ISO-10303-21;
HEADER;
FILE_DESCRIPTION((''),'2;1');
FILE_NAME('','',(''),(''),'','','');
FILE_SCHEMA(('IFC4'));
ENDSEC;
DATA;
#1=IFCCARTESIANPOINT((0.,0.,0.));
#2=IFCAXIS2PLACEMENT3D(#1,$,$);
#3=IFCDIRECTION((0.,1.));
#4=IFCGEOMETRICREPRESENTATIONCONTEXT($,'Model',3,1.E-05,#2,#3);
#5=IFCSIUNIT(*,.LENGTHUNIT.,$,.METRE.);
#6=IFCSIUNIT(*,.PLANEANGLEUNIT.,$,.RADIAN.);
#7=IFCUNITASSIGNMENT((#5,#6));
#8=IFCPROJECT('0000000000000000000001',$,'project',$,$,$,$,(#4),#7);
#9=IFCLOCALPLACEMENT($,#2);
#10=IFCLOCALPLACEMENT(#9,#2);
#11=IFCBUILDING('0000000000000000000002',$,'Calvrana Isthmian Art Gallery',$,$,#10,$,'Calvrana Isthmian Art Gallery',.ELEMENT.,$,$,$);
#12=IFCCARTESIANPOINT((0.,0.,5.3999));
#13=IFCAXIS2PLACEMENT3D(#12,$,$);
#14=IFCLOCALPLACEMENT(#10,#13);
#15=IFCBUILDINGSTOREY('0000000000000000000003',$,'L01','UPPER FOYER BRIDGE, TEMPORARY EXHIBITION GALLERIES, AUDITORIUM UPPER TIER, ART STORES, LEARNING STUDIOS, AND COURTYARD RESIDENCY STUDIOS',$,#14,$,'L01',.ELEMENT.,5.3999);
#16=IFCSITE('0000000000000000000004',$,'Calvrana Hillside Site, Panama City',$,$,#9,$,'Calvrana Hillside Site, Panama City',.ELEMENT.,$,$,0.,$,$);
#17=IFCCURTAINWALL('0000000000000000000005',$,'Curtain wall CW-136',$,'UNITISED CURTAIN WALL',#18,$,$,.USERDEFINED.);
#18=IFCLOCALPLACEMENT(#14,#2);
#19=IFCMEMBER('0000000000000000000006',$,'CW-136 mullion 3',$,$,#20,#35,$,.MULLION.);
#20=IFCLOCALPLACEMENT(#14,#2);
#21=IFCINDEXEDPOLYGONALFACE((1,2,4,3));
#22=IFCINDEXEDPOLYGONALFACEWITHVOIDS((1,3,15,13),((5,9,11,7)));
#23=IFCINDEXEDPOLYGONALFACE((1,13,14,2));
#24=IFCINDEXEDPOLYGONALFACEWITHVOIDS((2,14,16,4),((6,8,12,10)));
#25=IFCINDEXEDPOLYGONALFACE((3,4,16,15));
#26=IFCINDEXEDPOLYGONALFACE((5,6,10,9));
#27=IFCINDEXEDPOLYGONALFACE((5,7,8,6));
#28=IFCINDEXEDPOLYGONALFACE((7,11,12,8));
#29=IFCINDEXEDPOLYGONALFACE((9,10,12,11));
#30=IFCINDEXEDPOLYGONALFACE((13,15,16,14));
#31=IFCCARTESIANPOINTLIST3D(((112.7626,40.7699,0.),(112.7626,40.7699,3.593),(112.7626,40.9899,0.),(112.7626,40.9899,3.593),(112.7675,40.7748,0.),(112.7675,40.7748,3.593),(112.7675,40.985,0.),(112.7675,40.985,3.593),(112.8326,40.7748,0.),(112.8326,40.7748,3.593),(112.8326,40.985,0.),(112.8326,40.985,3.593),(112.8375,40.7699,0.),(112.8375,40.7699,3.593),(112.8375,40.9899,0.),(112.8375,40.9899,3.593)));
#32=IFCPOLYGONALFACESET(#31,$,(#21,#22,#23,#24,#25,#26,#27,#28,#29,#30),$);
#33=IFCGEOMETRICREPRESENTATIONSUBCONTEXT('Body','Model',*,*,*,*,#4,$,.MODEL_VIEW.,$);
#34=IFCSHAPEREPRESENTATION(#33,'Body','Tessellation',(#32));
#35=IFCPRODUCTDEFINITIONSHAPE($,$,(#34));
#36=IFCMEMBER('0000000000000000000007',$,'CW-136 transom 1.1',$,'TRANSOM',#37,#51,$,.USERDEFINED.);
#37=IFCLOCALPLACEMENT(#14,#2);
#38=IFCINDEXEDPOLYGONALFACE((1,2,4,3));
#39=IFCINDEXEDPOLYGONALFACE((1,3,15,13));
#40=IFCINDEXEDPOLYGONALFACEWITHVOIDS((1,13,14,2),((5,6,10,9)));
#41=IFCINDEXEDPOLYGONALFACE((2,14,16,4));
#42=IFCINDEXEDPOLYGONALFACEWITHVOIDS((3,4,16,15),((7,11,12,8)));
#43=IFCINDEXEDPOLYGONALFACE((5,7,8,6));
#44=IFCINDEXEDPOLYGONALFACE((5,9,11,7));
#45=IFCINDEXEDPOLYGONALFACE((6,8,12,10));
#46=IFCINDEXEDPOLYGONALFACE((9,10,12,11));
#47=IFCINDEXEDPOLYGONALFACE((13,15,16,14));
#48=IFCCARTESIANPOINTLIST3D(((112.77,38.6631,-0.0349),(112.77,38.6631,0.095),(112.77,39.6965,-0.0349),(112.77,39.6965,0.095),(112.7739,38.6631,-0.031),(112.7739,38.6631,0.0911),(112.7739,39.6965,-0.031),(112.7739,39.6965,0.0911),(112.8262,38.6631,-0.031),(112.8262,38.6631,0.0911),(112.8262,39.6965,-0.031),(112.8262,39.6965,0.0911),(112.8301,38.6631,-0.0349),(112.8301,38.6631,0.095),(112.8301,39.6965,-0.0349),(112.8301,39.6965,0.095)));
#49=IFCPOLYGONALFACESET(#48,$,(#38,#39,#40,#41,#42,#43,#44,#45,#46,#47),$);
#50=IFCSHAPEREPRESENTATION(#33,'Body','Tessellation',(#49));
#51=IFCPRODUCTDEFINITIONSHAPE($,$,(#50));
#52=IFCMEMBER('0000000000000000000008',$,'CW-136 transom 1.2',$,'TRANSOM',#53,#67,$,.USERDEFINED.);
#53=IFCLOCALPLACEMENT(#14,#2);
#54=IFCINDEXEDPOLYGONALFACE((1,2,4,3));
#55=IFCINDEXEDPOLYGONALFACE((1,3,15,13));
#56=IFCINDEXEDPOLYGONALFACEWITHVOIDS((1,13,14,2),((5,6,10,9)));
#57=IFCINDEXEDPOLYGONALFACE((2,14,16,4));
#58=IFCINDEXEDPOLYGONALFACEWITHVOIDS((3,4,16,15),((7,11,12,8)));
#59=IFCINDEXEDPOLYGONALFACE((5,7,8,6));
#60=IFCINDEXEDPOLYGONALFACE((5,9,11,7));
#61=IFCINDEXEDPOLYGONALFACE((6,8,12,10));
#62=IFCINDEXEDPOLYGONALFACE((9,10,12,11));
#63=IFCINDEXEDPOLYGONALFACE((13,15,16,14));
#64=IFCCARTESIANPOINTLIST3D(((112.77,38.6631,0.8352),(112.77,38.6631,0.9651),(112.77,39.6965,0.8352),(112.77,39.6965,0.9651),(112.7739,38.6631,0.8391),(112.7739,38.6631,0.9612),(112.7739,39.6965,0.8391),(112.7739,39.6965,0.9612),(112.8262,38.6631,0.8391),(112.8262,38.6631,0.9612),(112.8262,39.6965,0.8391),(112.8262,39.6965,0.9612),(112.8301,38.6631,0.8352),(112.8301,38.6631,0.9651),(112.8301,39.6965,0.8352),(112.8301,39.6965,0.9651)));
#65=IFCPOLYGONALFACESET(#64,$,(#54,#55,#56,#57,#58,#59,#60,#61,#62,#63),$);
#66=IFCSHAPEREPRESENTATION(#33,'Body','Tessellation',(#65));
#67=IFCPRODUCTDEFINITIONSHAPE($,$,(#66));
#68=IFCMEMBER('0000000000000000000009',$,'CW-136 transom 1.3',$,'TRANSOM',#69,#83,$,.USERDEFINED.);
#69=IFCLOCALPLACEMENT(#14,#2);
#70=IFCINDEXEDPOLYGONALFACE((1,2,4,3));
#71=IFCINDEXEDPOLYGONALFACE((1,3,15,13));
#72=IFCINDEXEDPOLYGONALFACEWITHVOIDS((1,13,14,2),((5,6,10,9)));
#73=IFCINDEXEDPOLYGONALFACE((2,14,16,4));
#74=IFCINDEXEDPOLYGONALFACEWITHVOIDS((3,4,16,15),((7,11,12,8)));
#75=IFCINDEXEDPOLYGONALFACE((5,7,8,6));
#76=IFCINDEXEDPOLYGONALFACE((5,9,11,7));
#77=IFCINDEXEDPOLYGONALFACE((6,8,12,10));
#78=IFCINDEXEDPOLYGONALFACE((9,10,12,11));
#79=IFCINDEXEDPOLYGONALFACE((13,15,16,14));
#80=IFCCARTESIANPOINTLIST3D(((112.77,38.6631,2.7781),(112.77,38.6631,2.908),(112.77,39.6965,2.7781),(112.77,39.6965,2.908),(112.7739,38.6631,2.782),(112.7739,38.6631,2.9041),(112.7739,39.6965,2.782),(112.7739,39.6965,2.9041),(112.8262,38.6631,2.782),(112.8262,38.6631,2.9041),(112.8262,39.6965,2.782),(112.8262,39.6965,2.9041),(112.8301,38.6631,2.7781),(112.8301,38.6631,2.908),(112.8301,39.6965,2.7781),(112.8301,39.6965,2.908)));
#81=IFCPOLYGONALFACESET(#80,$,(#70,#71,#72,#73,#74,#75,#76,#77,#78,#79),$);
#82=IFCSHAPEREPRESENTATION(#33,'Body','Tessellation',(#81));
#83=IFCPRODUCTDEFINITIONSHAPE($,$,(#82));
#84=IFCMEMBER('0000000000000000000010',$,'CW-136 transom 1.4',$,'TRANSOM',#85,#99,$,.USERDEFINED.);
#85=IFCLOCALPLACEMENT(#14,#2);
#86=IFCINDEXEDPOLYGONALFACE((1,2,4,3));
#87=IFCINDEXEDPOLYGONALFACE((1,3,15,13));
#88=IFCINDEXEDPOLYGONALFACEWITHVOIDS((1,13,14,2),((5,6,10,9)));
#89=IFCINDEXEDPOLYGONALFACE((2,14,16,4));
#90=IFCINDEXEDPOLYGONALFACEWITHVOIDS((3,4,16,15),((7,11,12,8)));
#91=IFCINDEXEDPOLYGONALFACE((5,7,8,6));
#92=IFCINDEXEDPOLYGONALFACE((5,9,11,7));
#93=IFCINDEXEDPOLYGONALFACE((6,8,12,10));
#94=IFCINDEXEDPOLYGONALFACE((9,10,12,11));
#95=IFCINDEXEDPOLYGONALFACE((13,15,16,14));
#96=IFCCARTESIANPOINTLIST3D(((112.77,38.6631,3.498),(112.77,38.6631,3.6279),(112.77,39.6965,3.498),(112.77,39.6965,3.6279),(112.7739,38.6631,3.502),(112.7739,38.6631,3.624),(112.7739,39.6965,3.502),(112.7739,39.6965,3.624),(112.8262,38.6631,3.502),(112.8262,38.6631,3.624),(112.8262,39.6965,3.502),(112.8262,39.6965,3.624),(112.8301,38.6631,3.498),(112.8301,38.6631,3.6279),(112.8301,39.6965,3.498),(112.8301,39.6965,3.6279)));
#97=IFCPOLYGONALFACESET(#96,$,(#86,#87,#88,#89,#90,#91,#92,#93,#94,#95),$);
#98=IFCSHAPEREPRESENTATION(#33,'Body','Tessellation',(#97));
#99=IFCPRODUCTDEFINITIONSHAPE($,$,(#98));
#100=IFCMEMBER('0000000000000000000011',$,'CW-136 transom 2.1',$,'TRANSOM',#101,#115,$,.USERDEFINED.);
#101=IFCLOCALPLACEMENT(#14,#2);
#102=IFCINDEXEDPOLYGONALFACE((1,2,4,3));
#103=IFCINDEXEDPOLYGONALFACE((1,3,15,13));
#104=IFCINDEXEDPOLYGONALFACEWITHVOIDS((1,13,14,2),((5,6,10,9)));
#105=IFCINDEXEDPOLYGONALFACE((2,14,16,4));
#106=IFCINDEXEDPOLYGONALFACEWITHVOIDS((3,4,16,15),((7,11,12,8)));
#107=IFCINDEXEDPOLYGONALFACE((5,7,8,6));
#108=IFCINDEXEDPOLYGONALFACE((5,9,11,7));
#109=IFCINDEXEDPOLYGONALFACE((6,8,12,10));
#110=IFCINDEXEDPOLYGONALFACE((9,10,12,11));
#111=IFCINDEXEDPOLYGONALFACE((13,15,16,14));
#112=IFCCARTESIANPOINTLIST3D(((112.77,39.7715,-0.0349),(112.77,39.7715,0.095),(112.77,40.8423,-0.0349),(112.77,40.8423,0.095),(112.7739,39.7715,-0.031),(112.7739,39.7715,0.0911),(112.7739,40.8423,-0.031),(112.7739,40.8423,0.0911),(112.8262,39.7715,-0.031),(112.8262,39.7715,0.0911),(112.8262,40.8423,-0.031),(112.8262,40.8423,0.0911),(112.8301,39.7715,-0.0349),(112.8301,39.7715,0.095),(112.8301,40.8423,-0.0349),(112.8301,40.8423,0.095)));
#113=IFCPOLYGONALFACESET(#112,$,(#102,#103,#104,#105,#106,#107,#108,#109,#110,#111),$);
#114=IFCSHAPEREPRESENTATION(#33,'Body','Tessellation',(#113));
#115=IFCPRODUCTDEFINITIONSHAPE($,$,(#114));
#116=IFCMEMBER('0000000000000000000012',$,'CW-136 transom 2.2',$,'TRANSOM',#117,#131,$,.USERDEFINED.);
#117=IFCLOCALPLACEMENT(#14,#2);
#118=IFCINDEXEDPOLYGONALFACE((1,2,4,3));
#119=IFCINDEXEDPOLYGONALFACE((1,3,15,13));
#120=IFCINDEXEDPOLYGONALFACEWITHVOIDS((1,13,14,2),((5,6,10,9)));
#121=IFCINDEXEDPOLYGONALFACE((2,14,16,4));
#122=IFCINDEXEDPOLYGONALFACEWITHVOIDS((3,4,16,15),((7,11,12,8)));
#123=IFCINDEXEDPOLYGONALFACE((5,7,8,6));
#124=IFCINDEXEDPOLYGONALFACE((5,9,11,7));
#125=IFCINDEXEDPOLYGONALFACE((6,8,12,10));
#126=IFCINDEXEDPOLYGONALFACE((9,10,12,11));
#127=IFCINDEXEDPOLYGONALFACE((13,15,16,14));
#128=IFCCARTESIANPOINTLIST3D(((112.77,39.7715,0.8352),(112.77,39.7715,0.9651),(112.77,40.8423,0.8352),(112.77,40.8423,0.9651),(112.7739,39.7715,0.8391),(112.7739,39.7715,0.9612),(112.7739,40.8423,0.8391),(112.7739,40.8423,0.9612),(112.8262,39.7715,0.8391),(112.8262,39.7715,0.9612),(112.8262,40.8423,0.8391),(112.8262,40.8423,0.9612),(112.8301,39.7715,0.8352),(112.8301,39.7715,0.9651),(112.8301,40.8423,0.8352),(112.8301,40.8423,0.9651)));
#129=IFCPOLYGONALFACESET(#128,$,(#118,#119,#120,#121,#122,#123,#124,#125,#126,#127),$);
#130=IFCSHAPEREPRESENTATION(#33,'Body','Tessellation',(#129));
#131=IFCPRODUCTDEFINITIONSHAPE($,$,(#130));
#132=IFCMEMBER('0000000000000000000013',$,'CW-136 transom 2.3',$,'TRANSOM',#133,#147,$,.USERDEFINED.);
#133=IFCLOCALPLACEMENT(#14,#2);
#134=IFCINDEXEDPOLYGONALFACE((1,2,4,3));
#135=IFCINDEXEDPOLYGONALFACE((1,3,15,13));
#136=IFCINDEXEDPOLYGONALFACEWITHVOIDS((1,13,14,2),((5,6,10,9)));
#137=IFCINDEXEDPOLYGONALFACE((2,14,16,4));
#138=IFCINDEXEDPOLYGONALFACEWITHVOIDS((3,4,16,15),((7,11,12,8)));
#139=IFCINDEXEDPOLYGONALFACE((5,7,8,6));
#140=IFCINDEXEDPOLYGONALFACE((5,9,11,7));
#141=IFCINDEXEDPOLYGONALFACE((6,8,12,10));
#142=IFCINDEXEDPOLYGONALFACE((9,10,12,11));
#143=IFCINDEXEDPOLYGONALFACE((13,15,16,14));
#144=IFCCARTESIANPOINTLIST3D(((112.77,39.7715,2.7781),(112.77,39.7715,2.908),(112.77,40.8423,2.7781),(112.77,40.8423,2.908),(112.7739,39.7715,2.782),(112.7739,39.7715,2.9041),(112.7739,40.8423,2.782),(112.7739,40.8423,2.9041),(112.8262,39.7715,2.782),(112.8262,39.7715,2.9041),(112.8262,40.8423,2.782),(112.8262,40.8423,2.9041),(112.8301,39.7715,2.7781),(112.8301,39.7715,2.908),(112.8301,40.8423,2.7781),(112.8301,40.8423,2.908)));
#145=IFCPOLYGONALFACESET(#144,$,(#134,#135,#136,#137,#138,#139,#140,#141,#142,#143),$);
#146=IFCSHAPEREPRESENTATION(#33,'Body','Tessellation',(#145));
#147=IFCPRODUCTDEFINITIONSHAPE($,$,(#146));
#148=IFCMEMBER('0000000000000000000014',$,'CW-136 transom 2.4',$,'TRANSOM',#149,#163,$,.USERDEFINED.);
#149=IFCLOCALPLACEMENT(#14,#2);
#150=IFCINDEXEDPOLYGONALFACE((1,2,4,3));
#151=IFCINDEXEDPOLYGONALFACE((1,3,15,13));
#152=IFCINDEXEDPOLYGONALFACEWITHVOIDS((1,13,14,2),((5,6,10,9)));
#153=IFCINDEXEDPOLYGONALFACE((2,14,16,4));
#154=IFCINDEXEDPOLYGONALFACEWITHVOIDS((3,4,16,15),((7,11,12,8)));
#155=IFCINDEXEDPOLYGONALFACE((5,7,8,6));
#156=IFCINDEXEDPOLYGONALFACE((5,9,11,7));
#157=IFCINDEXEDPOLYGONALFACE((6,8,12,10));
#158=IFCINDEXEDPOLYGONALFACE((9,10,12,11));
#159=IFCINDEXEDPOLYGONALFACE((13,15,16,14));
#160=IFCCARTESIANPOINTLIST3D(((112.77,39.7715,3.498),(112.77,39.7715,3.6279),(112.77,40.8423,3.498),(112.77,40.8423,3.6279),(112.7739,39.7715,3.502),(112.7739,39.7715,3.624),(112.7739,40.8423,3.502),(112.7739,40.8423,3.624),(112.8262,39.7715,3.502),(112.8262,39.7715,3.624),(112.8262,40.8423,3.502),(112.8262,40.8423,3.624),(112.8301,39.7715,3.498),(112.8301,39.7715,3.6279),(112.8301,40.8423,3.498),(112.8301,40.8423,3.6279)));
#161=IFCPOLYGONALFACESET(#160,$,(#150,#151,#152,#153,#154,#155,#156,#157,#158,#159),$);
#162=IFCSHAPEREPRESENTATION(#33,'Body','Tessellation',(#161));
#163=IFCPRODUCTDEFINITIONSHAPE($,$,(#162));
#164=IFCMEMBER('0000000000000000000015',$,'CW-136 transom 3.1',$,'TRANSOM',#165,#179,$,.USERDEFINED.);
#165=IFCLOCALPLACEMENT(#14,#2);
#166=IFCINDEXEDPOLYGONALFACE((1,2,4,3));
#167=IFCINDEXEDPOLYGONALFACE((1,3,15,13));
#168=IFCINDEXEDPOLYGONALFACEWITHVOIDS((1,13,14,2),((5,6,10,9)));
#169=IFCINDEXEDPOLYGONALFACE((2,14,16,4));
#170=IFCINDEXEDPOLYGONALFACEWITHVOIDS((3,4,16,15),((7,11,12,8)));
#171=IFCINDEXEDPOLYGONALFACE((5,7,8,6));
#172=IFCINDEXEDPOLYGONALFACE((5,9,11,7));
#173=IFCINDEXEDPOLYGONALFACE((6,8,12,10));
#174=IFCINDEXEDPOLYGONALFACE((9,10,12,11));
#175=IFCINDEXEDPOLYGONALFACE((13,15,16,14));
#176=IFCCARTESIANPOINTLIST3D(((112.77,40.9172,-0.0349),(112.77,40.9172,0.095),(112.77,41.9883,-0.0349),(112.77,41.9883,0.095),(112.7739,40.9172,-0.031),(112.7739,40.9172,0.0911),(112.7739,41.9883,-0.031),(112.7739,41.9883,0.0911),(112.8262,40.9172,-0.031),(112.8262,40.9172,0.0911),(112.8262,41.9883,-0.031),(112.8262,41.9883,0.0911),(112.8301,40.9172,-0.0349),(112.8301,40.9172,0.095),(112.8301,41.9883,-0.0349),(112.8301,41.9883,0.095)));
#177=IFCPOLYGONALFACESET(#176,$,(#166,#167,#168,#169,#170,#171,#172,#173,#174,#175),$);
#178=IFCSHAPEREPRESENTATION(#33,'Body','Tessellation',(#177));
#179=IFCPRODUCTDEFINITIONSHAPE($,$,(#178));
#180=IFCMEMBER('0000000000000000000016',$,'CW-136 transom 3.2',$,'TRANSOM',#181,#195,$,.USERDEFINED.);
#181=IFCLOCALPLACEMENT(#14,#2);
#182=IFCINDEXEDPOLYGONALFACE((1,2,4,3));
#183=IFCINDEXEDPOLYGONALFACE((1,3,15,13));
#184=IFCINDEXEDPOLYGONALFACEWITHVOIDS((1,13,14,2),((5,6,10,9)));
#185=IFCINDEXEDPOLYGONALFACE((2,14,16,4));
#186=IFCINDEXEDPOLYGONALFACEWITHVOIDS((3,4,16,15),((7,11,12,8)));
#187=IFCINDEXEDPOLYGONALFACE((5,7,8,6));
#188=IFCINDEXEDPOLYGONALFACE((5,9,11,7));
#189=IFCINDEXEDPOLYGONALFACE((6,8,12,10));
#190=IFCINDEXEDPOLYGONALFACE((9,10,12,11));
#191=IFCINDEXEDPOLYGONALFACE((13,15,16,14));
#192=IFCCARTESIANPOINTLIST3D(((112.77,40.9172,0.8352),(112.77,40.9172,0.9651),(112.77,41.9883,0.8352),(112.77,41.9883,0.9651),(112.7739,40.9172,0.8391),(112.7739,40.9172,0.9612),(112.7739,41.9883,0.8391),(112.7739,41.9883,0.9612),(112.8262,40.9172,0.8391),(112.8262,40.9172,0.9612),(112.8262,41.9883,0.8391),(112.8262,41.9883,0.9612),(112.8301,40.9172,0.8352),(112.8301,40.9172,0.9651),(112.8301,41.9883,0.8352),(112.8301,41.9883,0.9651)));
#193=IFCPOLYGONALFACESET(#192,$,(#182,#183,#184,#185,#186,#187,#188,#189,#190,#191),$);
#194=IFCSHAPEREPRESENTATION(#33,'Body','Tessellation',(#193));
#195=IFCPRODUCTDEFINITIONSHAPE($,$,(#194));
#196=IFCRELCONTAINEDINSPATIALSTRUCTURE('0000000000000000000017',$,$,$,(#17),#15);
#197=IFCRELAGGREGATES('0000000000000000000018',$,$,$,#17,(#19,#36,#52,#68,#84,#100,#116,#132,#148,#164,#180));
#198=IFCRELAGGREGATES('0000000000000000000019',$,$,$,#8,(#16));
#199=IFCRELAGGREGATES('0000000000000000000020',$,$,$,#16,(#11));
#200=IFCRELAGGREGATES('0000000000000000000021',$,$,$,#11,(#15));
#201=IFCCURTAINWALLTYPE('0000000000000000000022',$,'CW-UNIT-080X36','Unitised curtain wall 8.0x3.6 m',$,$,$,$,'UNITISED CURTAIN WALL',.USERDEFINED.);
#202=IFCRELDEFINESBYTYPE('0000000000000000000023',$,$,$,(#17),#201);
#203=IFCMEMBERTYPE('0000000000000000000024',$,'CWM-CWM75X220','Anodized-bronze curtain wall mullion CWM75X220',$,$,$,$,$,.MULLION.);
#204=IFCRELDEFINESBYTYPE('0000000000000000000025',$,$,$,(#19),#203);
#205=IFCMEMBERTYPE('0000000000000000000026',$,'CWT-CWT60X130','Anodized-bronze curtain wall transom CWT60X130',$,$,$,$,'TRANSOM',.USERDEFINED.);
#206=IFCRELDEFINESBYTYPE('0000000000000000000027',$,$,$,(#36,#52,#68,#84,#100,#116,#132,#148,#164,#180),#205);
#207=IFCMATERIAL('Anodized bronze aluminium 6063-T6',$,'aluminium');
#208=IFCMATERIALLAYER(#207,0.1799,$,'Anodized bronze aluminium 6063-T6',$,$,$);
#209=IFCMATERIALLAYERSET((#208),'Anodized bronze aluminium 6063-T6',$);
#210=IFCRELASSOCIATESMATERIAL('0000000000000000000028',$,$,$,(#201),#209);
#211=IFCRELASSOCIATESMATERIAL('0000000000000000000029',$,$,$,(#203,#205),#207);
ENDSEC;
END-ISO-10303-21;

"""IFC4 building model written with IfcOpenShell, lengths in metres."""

from ifc_helpers import new_model, si_unit, direction, frame, origin, origin_2d, place, context, subcontext, project, spatial, hollow_rectangle, extrude, material, layer, layer_set, material_profile, profile_set, type_object, element, aggregate, save


model = new_model("IFC4")

# Units and contexts
model_context = context("Model", 3, precision=1e-05, world=origin(), true_north=direction((0.0, 1.0)))
body_context = subcontext(model_context, "Body", "Model", "MODEL_VIEW")
ifc_project = project(units=[si_unit("LENGTHUNIT", "METRE"), si_unit("PLANEANGLEUNIT", "RADIAN")], contexts=[model_context])

# Site, building, storey
site_placement = place(None, origin())
site = spatial("IfcSite", under=ifc_project, at=site_placement, Name="Calvrana Hillside Site, Panama City", LongName="Calvrana Hillside Site, Panama City", CompositionType="ELEMENT", RefElevation=0.0)
building_placement = place(site_placement, origin())
building = spatial("IfcBuilding", under=site, at=building_placement, Name="Calvrana Isthmian Art Gallery", LongName="Calvrana Isthmian Art Gallery", CompositionType="ELEMENT")
storey_placement = place(building_placement, frame((0.0, 0.0, 5.3999)))
storey = spatial("IfcBuildingStorey", under=building, at=storey_placement, Name="L01", Description="UPPER FOYER BRIDGE, TEMPORARY EXHIBITION GALLERIES, AUDITORIUM UPPER TIER, ART STORES, LEARNING STUDIOS, AND COURTYARD RESIDENCY STUDIOS", LongName="L01", CompositionType="ELEMENT", Elevation=5.3999)

# Curtain wall, members
ifc_material_1 = material(Name="Anodized bronze aluminium 6063-T6", Category="aluminium")
ifc_layer_1 = layer(ifc_material_1, 0.1799, Name="Anodized bronze aluminium 6063-T6")
ifc_layer_set_1 = layer_set([ifc_layer_1], Name="Anodized bronze aluminium 6063-T6")
curtain_wall_type = type_object("IfcCurtainWallType", Name="CW-UNIT-080X36", Description="Unitised curtain wall 8.0x3.6 m", ElementType="UNITISED CURTAIN WALL", PredefinedType="USERDEFINED", material=ifc_layer_set_1)
curtain_wall_placement = place(storey_placement, origin())
curtain_wall = element("IfcCurtainWall", 1, at=curtain_wall_placement, inside=storey, type_object=curtain_wall_type, Name="Curtain wall CW-136", ObjectType="UNITISED CURTAIN WALL", PredefinedType="USERDEFINED")
ifc_material_profile_1 = material_profile(ifc_material_1, hollow_rectangle(XDim=0.075, YDim=0.22, WallThickness=0.0049, at=origin_2d()), Name="CWM75X220")
ifc_profile_set_1 = profile_set([ifc_material_profile_1], Name="Anodized bronze aluminium 6063-T6")
member_type_1 = type_object("IfcMemberType", Name="CWM-CWM75X220", Description="Anodized-bronze curtain wall mullion CWM75X220", PredefinedType="MULLION", material=ifc_profile_set_1)
member_1_placement = place(storey_placement, frame((112.8, 40.8799, 0.0), z_axis=(0.0, 0.0, 1.0), x_axis=(-1.0, 0.0, 0.0)))
member_1 = element("IfcMember", 2, at=member_1_placement, type_object=member_type_1, Name="CW-136 mullion 3", PredefinedType="MULLION", context=body_context, shape_type="SweptSolid", body=[
    extrude(hollow_rectangle(XDim=0.075, YDim=0.22, WallThickness=0.0049, at=origin_2d()), origin(), (0.0, 0.0, 1.0), 3.593),
])
ifc_material_profile_2 = material_profile(ifc_material_1, hollow_rectangle(XDim=0.0601, YDim=0.1299, WallThickness=0.0039, at=origin_2d()), Name="CWT60X130")
ifc_profile_set_2 = profile_set([ifc_material_profile_2], Name="Anodized bronze aluminium 6063-T6")
member_type_2 = type_object("IfcMemberType", Name="CWT-CWT60X130", Description="Anodized-bronze curtain wall transom CWT60X130", ElementType="TRANSOM", PredefinedType="USERDEFINED", material=ifc_profile_set_2)
member_2_placement = place(storey_placement, frame((112.8, 38.6631, 0.03), z_axis=(0.0, 1.0, 0.0), x_axis=(-1.0, 0.0, 0.0)))
member_2 = element("IfcMember", 3, at=member_2_placement, type_object=member_type_2, Name="CW-136 transom 1.1", ObjectType="TRANSOM", PredefinedType="USERDEFINED", context=body_context, shape_type="SweptSolid", body=[
    extrude(hollow_rectangle(XDim=0.0601, YDim=0.1299, WallThickness=0.0039, at=origin_2d()), origin(), (0.0, 0.0, 1.0), 1.0334),
])
member_3_placement = place(storey_placement, frame((112.8, 38.6631, 0.9001), z_axis=(0.0, 1.0, 0.0), x_axis=(-1.0, 0.0, 0.0)))
member_3 = element("IfcMember", 4, at=member_3_placement, type_object=member_type_2, Name="CW-136 transom 1.2", ObjectType="TRANSOM", PredefinedType="USERDEFINED", context=body_context, shape_type="SweptSolid", body=[
    extrude(hollow_rectangle(XDim=0.0601, YDim=0.1299, WallThickness=0.0039, at=origin_2d()), origin(), (0.0, 0.0, 1.0), 1.0334),
])
member_4_placement = place(storey_placement, frame((112.8, 38.6631, 2.843), z_axis=(0.0, 1.0, 0.0), x_axis=(-1.0, 0.0, 0.0)))
member_4 = element("IfcMember", 5, at=member_4_placement, type_object=member_type_2, Name="CW-136 transom 1.3", ObjectType="TRANSOM", PredefinedType="USERDEFINED", context=body_context, shape_type="SweptSolid", body=[
    extrude(hollow_rectangle(XDim=0.0601, YDim=0.1299, WallThickness=0.0039, at=origin_2d()), origin(), (0.0, 0.0, 1.0), 1.0334),
])
member_5_placement = place(storey_placement, frame((112.8, 38.6631, 3.563), z_axis=(0.0, 1.0, 0.0), x_axis=(-1.0, 0.0, 0.0)))
member_5 = element("IfcMember", 6, at=member_5_placement, type_object=member_type_2, Name="CW-136 transom 1.4", ObjectType="TRANSOM", PredefinedType="USERDEFINED", context=body_context, shape_type="SweptSolid", body=[
    extrude(hollow_rectangle(XDim=0.0601, YDim=0.1299, WallThickness=0.0039, at=origin_2d()), origin(), (0.0, 0.0, 1.0), 1.0334),
])
member_6_placement = place(storey_placement, frame((112.8, 39.7715, 0.03), z_axis=(0.0, 1.0, 0.0), x_axis=(-1.0, 0.0, 0.0)))
member_6 = element("IfcMember", 7, at=member_6_placement, type_object=member_type_2, Name="CW-136 transom 2.1", ObjectType="TRANSOM", PredefinedType="USERDEFINED", context=body_context, shape_type="SweptSolid", body=[
    extrude(hollow_rectangle(XDim=0.0601, YDim=0.1299, WallThickness=0.0039, at=origin_2d()), origin(), (0.0, 0.0, 1.0), 1.0708),
])
member_7_placement = place(storey_placement, frame((112.8, 39.7715, 0.9001), z_axis=(0.0, 1.0, 0.0), x_axis=(-1.0, 0.0, 0.0)))
member_7 = element("IfcMember", 8, at=member_7_placement, type_object=member_type_2, Name="CW-136 transom 2.2", ObjectType="TRANSOM", PredefinedType="USERDEFINED", context=body_context, shape_type="SweptSolid", body=[
    extrude(hollow_rectangle(XDim=0.0601, YDim=0.1299, WallThickness=0.0039, at=origin_2d()), origin(), (0.0, 0.0, 1.0), 1.0708),
])
member_8_placement = place(storey_placement, frame((112.8, 39.7715, 2.843), z_axis=(0.0, 1.0, 0.0), x_axis=(-1.0, 0.0, 0.0)))
member_8 = element("IfcMember", 9, at=member_8_placement, type_object=member_type_2, Name="CW-136 transom 2.3", ObjectType="TRANSOM", PredefinedType="USERDEFINED", context=body_context, shape_type="SweptSolid", body=[
    extrude(hollow_rectangle(XDim=0.0601, YDim=0.1299, WallThickness=0.0039, at=origin_2d()), origin(), (0.0, 0.0, 1.0), 1.0708),
])
member_9_placement = place(storey_placement, frame((112.8, 39.7715, 3.563), z_axis=(0.0, 1.0, 0.0), x_axis=(-1.0, 0.0, 0.0)))
member_9 = element("IfcMember", 10, at=member_9_placement, type_object=member_type_2, Name="CW-136 transom 2.4", ObjectType="TRANSOM", PredefinedType="USERDEFINED", context=body_context, shape_type="SweptSolid", body=[
    extrude(hollow_rectangle(XDim=0.0601, YDim=0.1299, WallThickness=0.0039, at=origin_2d()), origin(), (0.0, 0.0, 1.0), 1.0708),
])
member_10_placement = place(storey_placement, frame((112.8, 40.9172, 0.03), z_axis=(0.0, 1.0, 0.0), x_axis=(-1.0, 0.0, 0.0)))
member_10 = element("IfcMember", 11, at=member_10_placement, type_object=member_type_2, Name="CW-136 transom 3.1", ObjectType="TRANSOM", PredefinedType="USERDEFINED", context=body_context, shape_type="SweptSolid", body=[
    extrude(hollow_rectangle(XDim=0.0601, YDim=0.1299, WallThickness=0.0039, at=origin_2d()), origin(), (0.0, 0.0, 1.0), 1.071),
])
member_11_placement = place(storey_placement, frame((112.8, 40.9172, 0.9001), z_axis=(0.0, 1.0, 0.0), x_axis=(-1.0, 0.0, 0.0)))
member_11 = element("IfcMember", 12, at=member_11_placement, type_object=member_type_2, Name="CW-136 transom 3.2", ObjectType="TRANSOM", PredefinedType="USERDEFINED", context=body_context, shape_type="SweptSolid", body=[
    extrude(hollow_rectangle(XDim=0.0601, YDim=0.1299, WallThickness=0.0039, at=origin_2d()), origin(), (0.0, 0.0, 1.0), 1.071),
])
aggregate(curtain_wall, [member_1, member_2, member_3, member_4, member_5, member_6, member_7, member_8, member_9, member_10, member_11])

save(model, "model.ifc")
